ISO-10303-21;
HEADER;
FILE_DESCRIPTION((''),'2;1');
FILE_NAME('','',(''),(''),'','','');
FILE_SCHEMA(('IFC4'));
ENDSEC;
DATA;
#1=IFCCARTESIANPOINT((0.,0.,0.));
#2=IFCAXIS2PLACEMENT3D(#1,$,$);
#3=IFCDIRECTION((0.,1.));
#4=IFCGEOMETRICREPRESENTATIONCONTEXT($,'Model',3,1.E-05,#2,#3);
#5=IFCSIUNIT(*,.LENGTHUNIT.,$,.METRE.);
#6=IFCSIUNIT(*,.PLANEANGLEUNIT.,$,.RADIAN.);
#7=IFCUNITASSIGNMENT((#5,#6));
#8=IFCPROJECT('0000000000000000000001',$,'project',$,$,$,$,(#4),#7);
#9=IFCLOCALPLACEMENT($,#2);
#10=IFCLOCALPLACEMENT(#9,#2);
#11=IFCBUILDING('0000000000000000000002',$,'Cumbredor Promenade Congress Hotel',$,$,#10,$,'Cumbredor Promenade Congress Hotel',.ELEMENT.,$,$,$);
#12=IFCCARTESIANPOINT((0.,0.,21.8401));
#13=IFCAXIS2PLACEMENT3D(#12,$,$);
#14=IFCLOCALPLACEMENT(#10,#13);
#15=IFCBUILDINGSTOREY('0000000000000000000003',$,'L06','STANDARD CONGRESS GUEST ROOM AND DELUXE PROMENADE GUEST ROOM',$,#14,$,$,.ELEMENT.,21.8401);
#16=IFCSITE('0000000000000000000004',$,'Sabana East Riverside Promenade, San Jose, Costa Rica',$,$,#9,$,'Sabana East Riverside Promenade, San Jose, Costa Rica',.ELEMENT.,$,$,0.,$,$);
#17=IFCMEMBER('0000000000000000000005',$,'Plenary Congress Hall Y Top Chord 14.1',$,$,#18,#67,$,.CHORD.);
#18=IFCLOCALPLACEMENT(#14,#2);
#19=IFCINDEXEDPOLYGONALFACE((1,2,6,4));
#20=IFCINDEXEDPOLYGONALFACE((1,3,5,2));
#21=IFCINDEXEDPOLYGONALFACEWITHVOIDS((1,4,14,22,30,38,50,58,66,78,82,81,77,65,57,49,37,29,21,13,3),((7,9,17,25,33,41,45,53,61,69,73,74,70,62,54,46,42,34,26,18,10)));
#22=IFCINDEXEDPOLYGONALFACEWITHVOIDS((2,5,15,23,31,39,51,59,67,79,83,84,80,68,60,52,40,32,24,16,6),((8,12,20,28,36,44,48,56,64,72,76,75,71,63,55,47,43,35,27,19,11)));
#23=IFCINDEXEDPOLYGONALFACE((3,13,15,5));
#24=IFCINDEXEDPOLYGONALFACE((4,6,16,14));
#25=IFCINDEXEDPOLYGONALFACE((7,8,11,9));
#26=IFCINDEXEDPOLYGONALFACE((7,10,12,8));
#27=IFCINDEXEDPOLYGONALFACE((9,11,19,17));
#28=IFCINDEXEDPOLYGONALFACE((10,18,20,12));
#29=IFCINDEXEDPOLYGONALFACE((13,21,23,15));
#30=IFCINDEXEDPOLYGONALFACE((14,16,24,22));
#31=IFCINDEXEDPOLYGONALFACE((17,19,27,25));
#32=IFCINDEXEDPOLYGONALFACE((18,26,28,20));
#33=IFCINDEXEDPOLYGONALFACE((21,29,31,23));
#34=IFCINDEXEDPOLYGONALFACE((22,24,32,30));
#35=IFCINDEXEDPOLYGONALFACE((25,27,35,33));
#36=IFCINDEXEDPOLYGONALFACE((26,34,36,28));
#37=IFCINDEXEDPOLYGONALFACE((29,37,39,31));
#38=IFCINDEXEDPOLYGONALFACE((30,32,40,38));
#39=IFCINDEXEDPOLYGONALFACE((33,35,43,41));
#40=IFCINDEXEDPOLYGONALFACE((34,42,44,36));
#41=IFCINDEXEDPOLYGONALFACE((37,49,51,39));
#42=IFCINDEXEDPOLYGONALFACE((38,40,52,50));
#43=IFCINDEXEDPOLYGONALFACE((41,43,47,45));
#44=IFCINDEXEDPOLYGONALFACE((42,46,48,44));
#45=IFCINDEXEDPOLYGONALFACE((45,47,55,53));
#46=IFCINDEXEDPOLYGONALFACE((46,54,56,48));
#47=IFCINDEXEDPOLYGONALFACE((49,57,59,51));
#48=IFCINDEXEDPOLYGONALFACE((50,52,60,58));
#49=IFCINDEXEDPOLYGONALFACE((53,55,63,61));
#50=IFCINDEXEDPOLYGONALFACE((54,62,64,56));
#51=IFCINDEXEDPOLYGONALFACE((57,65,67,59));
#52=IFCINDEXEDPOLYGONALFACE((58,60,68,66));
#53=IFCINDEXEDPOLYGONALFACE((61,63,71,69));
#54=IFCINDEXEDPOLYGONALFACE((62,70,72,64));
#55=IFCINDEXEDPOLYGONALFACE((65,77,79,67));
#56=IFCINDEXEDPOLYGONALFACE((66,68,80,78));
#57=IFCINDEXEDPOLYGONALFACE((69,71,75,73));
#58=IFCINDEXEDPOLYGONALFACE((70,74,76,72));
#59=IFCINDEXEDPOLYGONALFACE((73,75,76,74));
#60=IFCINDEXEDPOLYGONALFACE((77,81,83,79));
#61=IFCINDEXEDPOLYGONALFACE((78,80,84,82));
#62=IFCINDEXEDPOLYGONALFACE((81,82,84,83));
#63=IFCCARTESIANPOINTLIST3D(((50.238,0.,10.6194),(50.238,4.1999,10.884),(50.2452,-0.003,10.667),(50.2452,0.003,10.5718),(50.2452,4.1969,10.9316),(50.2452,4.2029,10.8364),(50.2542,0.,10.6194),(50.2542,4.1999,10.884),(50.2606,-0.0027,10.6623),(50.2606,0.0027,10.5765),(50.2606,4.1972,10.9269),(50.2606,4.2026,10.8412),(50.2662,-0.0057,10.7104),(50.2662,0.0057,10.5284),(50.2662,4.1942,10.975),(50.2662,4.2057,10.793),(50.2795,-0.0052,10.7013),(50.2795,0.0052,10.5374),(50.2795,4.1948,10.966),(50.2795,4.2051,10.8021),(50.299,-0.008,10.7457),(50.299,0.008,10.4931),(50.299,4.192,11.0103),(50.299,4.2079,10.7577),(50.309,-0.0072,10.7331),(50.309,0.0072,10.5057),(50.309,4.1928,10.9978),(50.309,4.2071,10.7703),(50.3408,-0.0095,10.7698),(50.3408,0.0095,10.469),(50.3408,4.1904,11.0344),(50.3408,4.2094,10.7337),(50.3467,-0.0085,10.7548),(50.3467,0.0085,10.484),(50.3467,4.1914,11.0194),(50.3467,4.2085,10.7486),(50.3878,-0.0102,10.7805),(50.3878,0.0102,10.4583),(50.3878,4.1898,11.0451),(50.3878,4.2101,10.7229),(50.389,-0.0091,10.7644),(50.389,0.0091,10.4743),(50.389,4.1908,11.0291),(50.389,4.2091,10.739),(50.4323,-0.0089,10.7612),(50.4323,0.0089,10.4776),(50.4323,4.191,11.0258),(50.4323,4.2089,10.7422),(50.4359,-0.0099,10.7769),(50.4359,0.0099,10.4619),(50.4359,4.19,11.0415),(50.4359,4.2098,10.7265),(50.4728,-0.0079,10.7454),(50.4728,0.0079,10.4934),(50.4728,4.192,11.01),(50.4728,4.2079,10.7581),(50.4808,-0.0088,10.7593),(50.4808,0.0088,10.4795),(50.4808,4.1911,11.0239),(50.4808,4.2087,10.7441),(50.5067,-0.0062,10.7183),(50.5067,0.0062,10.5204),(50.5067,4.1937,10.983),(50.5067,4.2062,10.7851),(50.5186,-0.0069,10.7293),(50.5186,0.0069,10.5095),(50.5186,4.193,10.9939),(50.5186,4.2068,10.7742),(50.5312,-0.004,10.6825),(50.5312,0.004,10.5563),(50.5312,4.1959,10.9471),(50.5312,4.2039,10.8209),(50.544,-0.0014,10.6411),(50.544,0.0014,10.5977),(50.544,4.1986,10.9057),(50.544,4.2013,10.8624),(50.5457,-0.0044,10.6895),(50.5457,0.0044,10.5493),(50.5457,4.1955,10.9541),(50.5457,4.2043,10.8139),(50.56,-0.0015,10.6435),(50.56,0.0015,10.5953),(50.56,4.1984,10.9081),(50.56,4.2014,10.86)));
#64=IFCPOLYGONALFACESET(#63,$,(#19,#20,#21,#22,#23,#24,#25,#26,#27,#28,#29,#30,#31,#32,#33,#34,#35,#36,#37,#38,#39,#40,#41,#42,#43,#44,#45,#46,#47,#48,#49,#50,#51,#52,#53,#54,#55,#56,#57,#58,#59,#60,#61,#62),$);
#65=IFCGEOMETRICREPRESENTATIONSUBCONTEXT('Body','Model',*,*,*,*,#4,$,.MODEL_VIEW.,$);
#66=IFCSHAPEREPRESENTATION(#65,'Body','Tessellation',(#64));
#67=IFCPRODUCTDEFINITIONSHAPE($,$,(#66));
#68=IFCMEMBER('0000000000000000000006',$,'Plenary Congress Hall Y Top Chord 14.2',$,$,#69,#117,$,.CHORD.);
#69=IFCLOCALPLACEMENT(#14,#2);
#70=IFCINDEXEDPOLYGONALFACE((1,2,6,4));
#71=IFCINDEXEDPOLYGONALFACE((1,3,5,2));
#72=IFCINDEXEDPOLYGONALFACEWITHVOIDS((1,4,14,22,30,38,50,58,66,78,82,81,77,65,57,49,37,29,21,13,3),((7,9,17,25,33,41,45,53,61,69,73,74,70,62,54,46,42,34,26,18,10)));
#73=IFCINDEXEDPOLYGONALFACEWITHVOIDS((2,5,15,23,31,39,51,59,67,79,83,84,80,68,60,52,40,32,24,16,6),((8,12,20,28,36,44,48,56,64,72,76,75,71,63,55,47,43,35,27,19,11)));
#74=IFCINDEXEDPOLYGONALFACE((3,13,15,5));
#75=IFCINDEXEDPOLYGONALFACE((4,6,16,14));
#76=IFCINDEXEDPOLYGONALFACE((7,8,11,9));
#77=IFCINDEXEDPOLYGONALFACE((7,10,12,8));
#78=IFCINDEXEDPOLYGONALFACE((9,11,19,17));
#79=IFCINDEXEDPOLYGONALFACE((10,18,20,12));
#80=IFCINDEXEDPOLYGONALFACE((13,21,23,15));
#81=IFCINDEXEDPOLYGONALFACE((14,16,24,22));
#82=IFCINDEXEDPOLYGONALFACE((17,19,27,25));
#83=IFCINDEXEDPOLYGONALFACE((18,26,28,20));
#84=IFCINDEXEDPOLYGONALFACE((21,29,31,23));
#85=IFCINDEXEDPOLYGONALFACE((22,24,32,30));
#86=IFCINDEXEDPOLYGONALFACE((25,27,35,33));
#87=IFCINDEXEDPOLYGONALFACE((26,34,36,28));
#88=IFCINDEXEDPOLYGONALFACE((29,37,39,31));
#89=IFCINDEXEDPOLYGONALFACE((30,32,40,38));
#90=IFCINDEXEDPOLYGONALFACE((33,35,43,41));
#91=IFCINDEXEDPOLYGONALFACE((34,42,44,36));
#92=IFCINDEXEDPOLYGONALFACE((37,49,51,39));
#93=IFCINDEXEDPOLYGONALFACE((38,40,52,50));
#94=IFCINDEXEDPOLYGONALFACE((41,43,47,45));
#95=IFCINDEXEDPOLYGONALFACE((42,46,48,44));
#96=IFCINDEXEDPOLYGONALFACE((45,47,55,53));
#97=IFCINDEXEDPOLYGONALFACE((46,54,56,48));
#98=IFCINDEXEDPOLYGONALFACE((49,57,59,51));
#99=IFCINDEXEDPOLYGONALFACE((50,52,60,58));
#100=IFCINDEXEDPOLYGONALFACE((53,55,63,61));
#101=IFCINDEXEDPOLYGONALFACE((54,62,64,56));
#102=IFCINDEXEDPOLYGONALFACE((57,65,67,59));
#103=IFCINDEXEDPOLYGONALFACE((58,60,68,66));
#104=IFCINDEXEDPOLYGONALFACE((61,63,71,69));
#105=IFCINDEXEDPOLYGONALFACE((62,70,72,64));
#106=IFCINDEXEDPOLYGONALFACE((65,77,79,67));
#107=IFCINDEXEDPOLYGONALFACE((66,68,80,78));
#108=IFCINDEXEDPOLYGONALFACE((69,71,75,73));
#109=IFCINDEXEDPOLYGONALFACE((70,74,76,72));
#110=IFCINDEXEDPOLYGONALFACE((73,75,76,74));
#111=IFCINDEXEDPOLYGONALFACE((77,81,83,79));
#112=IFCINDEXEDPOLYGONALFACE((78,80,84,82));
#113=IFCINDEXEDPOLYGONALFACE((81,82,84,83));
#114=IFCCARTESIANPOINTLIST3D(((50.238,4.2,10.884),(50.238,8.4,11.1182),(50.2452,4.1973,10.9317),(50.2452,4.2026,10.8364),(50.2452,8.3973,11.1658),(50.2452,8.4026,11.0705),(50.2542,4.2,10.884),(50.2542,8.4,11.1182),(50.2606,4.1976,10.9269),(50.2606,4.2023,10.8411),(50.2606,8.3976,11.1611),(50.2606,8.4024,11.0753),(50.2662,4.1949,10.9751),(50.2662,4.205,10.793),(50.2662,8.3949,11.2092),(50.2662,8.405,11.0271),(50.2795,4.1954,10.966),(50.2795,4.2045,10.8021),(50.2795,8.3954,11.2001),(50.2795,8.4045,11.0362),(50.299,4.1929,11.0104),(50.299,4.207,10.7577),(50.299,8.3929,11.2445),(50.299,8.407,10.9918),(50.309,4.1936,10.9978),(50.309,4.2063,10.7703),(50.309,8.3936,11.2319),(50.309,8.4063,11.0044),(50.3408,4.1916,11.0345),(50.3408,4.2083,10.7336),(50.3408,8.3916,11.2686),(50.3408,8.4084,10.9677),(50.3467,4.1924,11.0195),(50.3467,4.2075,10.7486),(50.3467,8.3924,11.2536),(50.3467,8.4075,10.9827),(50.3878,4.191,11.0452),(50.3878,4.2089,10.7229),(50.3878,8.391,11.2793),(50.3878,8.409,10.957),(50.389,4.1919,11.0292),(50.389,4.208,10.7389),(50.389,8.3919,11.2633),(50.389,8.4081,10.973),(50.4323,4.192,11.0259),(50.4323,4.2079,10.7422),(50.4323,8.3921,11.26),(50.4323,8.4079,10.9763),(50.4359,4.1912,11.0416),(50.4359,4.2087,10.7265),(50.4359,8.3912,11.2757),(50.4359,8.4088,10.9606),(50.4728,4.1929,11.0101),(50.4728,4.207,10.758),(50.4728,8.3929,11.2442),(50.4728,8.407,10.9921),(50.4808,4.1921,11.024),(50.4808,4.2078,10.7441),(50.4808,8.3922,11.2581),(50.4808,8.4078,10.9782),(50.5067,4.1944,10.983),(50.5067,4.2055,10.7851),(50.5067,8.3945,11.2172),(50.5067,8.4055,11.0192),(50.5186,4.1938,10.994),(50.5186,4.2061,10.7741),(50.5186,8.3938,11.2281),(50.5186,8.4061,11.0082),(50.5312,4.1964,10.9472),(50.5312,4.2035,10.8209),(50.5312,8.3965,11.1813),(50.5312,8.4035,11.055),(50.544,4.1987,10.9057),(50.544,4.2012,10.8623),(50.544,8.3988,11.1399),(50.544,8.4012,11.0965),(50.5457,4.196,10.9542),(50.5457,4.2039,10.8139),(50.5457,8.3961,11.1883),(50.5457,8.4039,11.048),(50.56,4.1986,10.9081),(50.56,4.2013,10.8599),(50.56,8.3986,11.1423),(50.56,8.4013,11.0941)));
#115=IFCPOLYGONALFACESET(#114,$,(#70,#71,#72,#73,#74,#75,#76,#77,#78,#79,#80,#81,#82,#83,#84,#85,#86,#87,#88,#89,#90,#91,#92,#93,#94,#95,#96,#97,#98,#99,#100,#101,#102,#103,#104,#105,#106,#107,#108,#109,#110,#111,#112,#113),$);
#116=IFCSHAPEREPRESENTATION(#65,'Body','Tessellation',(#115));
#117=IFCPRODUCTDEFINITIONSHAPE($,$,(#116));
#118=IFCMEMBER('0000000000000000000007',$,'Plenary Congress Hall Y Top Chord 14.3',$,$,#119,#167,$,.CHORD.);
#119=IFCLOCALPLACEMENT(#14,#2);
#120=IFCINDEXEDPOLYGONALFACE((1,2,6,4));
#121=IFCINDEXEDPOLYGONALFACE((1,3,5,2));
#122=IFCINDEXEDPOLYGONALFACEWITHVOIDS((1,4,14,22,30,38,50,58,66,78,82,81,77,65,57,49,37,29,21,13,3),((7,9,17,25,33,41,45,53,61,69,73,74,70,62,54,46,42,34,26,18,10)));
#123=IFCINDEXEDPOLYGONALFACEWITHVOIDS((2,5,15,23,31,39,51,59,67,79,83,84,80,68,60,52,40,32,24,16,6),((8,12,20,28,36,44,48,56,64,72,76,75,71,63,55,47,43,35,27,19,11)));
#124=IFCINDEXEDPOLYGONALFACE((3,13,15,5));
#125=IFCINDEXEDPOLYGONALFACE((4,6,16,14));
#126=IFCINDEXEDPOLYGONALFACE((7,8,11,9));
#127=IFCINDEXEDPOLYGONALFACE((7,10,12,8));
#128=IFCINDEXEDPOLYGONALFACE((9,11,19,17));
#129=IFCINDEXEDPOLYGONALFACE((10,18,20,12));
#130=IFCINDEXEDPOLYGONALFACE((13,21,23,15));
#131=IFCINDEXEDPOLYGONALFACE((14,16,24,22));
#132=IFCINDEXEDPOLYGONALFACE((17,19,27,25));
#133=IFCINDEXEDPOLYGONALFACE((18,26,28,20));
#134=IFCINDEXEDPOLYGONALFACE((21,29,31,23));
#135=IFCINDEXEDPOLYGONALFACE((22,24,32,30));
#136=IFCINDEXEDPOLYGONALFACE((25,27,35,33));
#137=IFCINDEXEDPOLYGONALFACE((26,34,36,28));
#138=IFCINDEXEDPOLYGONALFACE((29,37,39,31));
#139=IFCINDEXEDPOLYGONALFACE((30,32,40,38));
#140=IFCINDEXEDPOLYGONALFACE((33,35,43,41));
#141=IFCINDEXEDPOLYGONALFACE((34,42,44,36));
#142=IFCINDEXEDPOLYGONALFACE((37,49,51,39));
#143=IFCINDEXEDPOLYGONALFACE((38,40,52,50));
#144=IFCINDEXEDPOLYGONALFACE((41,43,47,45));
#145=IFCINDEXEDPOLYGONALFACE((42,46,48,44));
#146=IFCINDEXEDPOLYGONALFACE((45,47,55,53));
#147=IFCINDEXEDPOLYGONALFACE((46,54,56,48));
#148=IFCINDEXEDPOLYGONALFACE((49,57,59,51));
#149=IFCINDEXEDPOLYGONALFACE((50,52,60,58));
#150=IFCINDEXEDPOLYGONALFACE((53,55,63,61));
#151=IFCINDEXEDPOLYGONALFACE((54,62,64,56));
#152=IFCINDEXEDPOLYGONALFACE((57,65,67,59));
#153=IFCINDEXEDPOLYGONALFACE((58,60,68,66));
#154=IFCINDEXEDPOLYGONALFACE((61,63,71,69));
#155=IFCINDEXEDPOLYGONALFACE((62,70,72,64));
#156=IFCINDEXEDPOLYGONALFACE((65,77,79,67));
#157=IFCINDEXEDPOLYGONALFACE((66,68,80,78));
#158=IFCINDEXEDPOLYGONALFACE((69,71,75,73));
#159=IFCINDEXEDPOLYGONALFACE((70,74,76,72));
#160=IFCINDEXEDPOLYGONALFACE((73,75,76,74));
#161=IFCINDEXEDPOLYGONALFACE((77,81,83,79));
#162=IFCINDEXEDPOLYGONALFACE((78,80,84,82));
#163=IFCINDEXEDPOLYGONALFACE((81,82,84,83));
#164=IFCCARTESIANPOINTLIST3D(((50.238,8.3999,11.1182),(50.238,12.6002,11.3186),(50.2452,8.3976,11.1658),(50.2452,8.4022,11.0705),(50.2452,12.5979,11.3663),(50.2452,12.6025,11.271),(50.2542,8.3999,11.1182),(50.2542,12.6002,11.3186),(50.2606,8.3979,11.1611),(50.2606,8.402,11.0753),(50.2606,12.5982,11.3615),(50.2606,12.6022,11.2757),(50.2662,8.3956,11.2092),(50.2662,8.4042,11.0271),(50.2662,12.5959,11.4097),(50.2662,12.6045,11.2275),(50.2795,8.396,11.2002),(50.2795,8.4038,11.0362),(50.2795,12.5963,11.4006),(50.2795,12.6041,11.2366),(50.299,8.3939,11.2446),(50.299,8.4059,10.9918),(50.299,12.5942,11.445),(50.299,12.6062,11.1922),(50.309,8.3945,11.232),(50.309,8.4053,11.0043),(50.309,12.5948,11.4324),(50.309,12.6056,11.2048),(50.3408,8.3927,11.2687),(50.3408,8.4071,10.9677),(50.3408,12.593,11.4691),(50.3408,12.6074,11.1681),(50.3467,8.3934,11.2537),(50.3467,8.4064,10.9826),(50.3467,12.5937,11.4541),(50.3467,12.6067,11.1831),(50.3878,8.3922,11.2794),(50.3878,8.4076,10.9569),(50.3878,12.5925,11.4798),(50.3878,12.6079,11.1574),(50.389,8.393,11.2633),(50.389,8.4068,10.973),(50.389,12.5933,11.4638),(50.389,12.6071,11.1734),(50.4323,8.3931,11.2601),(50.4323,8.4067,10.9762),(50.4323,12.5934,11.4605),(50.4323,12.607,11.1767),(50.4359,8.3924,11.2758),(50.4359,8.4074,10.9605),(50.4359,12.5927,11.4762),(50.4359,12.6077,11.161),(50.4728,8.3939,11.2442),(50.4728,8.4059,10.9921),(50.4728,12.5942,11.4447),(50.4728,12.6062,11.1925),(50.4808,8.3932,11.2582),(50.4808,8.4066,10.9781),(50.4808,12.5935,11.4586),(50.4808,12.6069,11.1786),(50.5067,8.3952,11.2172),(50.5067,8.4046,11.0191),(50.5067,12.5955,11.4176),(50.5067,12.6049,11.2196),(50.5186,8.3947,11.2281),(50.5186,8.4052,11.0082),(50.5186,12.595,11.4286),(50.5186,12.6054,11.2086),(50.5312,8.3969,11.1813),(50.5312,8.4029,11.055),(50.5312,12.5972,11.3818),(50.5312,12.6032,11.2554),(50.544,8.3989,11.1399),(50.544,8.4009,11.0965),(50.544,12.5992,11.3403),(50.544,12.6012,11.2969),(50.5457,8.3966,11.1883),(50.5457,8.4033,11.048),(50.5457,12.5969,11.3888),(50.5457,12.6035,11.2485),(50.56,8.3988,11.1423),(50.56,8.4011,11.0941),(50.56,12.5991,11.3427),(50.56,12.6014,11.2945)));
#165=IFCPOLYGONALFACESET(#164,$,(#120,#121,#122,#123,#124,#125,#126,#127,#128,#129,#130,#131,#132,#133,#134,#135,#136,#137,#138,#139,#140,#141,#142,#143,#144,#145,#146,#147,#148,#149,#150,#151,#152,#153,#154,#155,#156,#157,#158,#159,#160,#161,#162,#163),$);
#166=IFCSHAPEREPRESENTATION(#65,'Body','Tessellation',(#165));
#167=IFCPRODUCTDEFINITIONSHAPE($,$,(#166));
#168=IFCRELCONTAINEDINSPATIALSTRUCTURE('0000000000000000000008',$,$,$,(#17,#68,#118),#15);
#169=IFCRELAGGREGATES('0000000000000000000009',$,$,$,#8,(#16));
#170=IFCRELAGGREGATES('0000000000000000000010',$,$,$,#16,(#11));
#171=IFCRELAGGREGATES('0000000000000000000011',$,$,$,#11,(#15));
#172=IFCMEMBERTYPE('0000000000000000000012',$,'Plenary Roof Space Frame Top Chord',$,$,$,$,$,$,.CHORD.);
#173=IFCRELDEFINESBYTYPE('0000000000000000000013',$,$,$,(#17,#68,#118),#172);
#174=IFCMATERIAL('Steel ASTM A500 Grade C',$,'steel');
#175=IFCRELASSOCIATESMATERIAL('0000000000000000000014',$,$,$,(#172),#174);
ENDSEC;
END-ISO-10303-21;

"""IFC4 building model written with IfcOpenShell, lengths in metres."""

from ifc_helpers import new_model, si_unit, direction, frame, origin, origin_2d, place, context, subcontext, project, spatial, hollow_circle, extrude, material, material_profile, profile_set, type_object, element, save


model = new_model("IFC4")

# Units and contexts
model_context = context("Model", 3, precision=1e-05, world=origin(), true_north=direction((0.0, 1.0)))
body_context = subcontext(model_context, "Body", "Model", "MODEL_VIEW")
ifc_project = project(units=[si_unit("LENGTHUNIT", "METRE"), si_unit("PLANEANGLEUNIT", "RADIAN")], contexts=[model_context])

# Site, building, storey
site_placement = place(None, origin())
site = spatial("IfcSite", under=ifc_project, at=site_placement, Name="Sabana East Riverside Promenade, San Jose, Costa Rica", LongName="Sabana East Riverside Promenade, San Jose, Costa Rica", CompositionType="ELEMENT", RefElevation=0.0)
building_placement = place(site_placement, origin())
building = spatial("IfcBuilding", under=site, at=building_placement, Name="Cumbredor Promenade Congress Hotel", LongName="Cumbredor Promenade Congress Hotel", CompositionType="ELEMENT")
storey_placement = place(building_placement, frame((0.0, 0.0, 21.8401)))
storey = spatial("IfcBuildingStorey", under=building, at=storey_placement, Name="L06", Description="STANDARD CONGRESS GUEST ROOM AND DELUXE PROMENADE GUEST ROOM", CompositionType="ELEMENT", Elevation=21.8401)

# Members
ifc_material_1 = material(Name="Steel ASTM A500 Grade C", Category="steel")
ifc_material_profile_1 = material_profile(ifc_material_1, hollow_circle(Radius=0.1619, WallThickness=0.0161, at=origin_2d()), Name="CHS 323.9x16")
ifc_profile_set_1 = profile_set([ifc_material_profile_1], Name="Steel ASTM A500 Grade C")
member_type_1 = type_object("IfcMemberType", Name="Plenary Roof Space Frame Top Chord", PredefinedType="CHORD", material=ifc_profile_set_1)
member_1_placement = place(storey_placement, frame((50.3999, 0.0, 10.6194), z_axis=(0.0, 0.998021, 0.062888), x_axis=(-1.0, 0.0, 0.0)))
element("IfcMember", 1, at=member_1_placement, inside=storey, type_object=member_type_1, Name="Plenary Congress Hall Y Top Chord 14.1", PredefinedType="CHORD", context=body_context, shape_type="SweptSolid", body=[
    extrude(hollow_circle(Radius=0.1619, WallThickness=0.0161, at=origin_2d()), origin(), (0.0, 0.0, 1.0), 4.2083),
])
member_2_placement = place(storey_placement, frame((50.3999, 4.2, 10.884), z_axis=(0.0, 0.99845, 0.05566), x_axis=(-1.0, 0.0, 0.0)))
element("IfcMember", 2, at=member_2_placement, inside=storey, type_object=member_type_1, Name="Plenary Congress Hall Y Top Chord 14.2", PredefinedType="CHORD", context=body_context, shape_type="SweptSolid", body=[
    extrude(hollow_circle(Radius=0.1619, WallThickness=0.0161, at=origin_2d()), origin(), (0.0, 0.0, 1.0), 4.2065),
])
member_3_placement = place(storey_placement, frame((50.3999, 8.3999, 11.1182), z_axis=(0.0, 0.998863, 0.047667), x_axis=(-1.0, 0.0, 0.0)))
element("IfcMember", 3, at=member_3_placement, inside=storey, type_object=member_type_1, Name="Plenary Congress Hall Y Top Chord 14.3", PredefinedType="CHORD", context=body_context, shape_type="SweptSolid", body=[
    extrude(hollow_circle(Radius=0.1619, WallThickness=0.0161, at=origin_2d()), origin(), (0.0, 0.0, 1.0), 4.2051),
])

save(model, "model.ifc")
